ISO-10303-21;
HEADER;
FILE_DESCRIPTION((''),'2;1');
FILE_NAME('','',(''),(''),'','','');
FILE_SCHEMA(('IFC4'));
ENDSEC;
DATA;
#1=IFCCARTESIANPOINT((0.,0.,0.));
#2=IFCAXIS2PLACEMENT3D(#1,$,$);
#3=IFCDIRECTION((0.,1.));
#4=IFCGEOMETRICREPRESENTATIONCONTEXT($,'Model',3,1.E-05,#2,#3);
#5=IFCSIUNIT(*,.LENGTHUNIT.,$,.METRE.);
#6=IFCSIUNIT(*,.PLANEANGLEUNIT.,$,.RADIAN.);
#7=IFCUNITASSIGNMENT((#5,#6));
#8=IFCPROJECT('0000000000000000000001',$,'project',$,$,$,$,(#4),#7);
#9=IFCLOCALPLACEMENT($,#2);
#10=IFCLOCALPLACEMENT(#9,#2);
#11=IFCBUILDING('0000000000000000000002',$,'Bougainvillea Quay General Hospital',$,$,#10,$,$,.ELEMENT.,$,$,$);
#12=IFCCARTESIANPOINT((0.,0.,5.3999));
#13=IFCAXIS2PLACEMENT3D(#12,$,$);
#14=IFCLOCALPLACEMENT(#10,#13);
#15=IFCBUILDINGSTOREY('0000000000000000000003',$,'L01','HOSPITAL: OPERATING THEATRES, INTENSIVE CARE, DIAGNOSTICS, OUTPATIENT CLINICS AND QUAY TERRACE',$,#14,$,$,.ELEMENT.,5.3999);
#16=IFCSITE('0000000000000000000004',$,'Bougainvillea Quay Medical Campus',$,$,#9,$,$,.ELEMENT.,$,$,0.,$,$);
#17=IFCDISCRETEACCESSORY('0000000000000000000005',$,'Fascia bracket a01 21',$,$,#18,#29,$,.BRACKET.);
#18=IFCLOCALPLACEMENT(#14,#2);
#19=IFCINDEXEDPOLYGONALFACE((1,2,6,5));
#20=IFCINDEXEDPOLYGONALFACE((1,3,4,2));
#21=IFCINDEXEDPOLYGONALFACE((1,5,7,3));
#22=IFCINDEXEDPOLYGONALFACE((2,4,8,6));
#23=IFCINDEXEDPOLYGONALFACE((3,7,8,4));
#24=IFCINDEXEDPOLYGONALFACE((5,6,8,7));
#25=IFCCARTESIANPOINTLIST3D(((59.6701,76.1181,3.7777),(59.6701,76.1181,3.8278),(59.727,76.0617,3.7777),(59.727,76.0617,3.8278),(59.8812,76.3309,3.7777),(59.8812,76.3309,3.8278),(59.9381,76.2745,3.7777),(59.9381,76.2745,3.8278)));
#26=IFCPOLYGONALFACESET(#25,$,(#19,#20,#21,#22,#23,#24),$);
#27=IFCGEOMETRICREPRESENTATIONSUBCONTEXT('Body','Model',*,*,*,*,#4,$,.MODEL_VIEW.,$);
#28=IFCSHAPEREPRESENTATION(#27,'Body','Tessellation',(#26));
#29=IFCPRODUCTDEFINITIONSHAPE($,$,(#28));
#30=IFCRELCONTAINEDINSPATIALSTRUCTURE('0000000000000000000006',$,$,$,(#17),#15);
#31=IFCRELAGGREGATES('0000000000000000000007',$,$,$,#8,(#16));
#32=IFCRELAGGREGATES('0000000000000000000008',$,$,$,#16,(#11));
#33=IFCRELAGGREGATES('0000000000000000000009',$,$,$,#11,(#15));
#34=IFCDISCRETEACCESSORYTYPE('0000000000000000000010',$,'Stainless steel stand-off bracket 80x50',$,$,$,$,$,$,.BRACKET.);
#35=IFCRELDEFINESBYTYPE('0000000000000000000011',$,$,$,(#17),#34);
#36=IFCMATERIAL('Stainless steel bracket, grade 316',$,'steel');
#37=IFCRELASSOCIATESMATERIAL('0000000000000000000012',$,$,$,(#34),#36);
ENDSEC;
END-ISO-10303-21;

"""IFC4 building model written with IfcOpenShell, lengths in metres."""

from ifc_helpers import new_model, si_unit, direction, frame, origin, origin_2d, place, context, subcontext, project, spatial, rectangle, extrude, material, material_profile, profile_set, type_object, element, save


model = new_model("IFC4")

# Units and contexts
model_context = context("Model", 3, precision=1e-05, world=origin(), true_north=direction((0.0, 1.0)))
body_context = subcontext(model_context, "Body", "Model", "MODEL_VIEW")
ifc_project = project(units=[si_unit("LENGTHUNIT", "METRE"), si_unit("PLANEANGLEUNIT", "RADIAN")], contexts=[model_context])

# Site, building, storey
site_placement = place(None, origin())
site = spatial("IfcSite", under=ifc_project, at=site_placement, Name="Bougainvillea Quay Medical Campus", CompositionType="ELEMENT", RefElevation=0.0)
building_placement = place(site_placement, origin())
building = spatial("IfcBuilding", under=site, at=building_placement, Name="Bougainvillea Quay General Hospital", CompositionType="ELEMENT")
storey_placement = place(building_placement, frame((0.0, 0.0, 5.3999)))
storey = spatial("IfcBuildingStorey", under=building, at=storey_placement, Name="L01", Description="HOSPITAL: OPERATING THEATRES, INTENSIVE CARE, DIAGNOSTICS, OUTPATIENT CLINICS AND QUAY TERRACE", CompositionType="ELEMENT", Elevation=5.3999)

# Discrete accessory
ifc_material_1 = material(Name="Stainless steel bracket, grade 316", Category="steel")
ifc_material_profile_1 = material_profile(ifc_material_1, rectangle(XDim=0.0801, YDim=0.05, at=origin_2d()))
ifc_profile_set_1 = profile_set([ifc_material_profile_1], Name="Stainless steel bracket, grade 316")
discrete_accessory_type_1 = type_object("IfcDiscreteAccessoryType", Name="Stainless steel stand-off bracket 80x50", PredefinedType="BRACKET", material=ifc_profile_set_1)
discrete_accessory_placement = place(storey_placement, frame((59.9097, 76.3027, 3.8027), z_axis=(-0.704251, -0.709951, 0.0), x_axis=(0.709951, -0.704251, 0.0)))
element("IfcDiscreteAccessory", 1, at=discrete_accessory_placement, inside=storey, type_object=discrete_accessory_type_1, Name="Fascia bracket a01 21", PredefinedType="BRACKET", context=body_context, shape_type="SweptSolid", body=[
    extrude(rectangle(XDim=0.0801, YDim=0.05, at=origin_2d()), origin(), (0.0, 0.0, 1.0), 0.2998),
])

save(model, "model.ifc")
